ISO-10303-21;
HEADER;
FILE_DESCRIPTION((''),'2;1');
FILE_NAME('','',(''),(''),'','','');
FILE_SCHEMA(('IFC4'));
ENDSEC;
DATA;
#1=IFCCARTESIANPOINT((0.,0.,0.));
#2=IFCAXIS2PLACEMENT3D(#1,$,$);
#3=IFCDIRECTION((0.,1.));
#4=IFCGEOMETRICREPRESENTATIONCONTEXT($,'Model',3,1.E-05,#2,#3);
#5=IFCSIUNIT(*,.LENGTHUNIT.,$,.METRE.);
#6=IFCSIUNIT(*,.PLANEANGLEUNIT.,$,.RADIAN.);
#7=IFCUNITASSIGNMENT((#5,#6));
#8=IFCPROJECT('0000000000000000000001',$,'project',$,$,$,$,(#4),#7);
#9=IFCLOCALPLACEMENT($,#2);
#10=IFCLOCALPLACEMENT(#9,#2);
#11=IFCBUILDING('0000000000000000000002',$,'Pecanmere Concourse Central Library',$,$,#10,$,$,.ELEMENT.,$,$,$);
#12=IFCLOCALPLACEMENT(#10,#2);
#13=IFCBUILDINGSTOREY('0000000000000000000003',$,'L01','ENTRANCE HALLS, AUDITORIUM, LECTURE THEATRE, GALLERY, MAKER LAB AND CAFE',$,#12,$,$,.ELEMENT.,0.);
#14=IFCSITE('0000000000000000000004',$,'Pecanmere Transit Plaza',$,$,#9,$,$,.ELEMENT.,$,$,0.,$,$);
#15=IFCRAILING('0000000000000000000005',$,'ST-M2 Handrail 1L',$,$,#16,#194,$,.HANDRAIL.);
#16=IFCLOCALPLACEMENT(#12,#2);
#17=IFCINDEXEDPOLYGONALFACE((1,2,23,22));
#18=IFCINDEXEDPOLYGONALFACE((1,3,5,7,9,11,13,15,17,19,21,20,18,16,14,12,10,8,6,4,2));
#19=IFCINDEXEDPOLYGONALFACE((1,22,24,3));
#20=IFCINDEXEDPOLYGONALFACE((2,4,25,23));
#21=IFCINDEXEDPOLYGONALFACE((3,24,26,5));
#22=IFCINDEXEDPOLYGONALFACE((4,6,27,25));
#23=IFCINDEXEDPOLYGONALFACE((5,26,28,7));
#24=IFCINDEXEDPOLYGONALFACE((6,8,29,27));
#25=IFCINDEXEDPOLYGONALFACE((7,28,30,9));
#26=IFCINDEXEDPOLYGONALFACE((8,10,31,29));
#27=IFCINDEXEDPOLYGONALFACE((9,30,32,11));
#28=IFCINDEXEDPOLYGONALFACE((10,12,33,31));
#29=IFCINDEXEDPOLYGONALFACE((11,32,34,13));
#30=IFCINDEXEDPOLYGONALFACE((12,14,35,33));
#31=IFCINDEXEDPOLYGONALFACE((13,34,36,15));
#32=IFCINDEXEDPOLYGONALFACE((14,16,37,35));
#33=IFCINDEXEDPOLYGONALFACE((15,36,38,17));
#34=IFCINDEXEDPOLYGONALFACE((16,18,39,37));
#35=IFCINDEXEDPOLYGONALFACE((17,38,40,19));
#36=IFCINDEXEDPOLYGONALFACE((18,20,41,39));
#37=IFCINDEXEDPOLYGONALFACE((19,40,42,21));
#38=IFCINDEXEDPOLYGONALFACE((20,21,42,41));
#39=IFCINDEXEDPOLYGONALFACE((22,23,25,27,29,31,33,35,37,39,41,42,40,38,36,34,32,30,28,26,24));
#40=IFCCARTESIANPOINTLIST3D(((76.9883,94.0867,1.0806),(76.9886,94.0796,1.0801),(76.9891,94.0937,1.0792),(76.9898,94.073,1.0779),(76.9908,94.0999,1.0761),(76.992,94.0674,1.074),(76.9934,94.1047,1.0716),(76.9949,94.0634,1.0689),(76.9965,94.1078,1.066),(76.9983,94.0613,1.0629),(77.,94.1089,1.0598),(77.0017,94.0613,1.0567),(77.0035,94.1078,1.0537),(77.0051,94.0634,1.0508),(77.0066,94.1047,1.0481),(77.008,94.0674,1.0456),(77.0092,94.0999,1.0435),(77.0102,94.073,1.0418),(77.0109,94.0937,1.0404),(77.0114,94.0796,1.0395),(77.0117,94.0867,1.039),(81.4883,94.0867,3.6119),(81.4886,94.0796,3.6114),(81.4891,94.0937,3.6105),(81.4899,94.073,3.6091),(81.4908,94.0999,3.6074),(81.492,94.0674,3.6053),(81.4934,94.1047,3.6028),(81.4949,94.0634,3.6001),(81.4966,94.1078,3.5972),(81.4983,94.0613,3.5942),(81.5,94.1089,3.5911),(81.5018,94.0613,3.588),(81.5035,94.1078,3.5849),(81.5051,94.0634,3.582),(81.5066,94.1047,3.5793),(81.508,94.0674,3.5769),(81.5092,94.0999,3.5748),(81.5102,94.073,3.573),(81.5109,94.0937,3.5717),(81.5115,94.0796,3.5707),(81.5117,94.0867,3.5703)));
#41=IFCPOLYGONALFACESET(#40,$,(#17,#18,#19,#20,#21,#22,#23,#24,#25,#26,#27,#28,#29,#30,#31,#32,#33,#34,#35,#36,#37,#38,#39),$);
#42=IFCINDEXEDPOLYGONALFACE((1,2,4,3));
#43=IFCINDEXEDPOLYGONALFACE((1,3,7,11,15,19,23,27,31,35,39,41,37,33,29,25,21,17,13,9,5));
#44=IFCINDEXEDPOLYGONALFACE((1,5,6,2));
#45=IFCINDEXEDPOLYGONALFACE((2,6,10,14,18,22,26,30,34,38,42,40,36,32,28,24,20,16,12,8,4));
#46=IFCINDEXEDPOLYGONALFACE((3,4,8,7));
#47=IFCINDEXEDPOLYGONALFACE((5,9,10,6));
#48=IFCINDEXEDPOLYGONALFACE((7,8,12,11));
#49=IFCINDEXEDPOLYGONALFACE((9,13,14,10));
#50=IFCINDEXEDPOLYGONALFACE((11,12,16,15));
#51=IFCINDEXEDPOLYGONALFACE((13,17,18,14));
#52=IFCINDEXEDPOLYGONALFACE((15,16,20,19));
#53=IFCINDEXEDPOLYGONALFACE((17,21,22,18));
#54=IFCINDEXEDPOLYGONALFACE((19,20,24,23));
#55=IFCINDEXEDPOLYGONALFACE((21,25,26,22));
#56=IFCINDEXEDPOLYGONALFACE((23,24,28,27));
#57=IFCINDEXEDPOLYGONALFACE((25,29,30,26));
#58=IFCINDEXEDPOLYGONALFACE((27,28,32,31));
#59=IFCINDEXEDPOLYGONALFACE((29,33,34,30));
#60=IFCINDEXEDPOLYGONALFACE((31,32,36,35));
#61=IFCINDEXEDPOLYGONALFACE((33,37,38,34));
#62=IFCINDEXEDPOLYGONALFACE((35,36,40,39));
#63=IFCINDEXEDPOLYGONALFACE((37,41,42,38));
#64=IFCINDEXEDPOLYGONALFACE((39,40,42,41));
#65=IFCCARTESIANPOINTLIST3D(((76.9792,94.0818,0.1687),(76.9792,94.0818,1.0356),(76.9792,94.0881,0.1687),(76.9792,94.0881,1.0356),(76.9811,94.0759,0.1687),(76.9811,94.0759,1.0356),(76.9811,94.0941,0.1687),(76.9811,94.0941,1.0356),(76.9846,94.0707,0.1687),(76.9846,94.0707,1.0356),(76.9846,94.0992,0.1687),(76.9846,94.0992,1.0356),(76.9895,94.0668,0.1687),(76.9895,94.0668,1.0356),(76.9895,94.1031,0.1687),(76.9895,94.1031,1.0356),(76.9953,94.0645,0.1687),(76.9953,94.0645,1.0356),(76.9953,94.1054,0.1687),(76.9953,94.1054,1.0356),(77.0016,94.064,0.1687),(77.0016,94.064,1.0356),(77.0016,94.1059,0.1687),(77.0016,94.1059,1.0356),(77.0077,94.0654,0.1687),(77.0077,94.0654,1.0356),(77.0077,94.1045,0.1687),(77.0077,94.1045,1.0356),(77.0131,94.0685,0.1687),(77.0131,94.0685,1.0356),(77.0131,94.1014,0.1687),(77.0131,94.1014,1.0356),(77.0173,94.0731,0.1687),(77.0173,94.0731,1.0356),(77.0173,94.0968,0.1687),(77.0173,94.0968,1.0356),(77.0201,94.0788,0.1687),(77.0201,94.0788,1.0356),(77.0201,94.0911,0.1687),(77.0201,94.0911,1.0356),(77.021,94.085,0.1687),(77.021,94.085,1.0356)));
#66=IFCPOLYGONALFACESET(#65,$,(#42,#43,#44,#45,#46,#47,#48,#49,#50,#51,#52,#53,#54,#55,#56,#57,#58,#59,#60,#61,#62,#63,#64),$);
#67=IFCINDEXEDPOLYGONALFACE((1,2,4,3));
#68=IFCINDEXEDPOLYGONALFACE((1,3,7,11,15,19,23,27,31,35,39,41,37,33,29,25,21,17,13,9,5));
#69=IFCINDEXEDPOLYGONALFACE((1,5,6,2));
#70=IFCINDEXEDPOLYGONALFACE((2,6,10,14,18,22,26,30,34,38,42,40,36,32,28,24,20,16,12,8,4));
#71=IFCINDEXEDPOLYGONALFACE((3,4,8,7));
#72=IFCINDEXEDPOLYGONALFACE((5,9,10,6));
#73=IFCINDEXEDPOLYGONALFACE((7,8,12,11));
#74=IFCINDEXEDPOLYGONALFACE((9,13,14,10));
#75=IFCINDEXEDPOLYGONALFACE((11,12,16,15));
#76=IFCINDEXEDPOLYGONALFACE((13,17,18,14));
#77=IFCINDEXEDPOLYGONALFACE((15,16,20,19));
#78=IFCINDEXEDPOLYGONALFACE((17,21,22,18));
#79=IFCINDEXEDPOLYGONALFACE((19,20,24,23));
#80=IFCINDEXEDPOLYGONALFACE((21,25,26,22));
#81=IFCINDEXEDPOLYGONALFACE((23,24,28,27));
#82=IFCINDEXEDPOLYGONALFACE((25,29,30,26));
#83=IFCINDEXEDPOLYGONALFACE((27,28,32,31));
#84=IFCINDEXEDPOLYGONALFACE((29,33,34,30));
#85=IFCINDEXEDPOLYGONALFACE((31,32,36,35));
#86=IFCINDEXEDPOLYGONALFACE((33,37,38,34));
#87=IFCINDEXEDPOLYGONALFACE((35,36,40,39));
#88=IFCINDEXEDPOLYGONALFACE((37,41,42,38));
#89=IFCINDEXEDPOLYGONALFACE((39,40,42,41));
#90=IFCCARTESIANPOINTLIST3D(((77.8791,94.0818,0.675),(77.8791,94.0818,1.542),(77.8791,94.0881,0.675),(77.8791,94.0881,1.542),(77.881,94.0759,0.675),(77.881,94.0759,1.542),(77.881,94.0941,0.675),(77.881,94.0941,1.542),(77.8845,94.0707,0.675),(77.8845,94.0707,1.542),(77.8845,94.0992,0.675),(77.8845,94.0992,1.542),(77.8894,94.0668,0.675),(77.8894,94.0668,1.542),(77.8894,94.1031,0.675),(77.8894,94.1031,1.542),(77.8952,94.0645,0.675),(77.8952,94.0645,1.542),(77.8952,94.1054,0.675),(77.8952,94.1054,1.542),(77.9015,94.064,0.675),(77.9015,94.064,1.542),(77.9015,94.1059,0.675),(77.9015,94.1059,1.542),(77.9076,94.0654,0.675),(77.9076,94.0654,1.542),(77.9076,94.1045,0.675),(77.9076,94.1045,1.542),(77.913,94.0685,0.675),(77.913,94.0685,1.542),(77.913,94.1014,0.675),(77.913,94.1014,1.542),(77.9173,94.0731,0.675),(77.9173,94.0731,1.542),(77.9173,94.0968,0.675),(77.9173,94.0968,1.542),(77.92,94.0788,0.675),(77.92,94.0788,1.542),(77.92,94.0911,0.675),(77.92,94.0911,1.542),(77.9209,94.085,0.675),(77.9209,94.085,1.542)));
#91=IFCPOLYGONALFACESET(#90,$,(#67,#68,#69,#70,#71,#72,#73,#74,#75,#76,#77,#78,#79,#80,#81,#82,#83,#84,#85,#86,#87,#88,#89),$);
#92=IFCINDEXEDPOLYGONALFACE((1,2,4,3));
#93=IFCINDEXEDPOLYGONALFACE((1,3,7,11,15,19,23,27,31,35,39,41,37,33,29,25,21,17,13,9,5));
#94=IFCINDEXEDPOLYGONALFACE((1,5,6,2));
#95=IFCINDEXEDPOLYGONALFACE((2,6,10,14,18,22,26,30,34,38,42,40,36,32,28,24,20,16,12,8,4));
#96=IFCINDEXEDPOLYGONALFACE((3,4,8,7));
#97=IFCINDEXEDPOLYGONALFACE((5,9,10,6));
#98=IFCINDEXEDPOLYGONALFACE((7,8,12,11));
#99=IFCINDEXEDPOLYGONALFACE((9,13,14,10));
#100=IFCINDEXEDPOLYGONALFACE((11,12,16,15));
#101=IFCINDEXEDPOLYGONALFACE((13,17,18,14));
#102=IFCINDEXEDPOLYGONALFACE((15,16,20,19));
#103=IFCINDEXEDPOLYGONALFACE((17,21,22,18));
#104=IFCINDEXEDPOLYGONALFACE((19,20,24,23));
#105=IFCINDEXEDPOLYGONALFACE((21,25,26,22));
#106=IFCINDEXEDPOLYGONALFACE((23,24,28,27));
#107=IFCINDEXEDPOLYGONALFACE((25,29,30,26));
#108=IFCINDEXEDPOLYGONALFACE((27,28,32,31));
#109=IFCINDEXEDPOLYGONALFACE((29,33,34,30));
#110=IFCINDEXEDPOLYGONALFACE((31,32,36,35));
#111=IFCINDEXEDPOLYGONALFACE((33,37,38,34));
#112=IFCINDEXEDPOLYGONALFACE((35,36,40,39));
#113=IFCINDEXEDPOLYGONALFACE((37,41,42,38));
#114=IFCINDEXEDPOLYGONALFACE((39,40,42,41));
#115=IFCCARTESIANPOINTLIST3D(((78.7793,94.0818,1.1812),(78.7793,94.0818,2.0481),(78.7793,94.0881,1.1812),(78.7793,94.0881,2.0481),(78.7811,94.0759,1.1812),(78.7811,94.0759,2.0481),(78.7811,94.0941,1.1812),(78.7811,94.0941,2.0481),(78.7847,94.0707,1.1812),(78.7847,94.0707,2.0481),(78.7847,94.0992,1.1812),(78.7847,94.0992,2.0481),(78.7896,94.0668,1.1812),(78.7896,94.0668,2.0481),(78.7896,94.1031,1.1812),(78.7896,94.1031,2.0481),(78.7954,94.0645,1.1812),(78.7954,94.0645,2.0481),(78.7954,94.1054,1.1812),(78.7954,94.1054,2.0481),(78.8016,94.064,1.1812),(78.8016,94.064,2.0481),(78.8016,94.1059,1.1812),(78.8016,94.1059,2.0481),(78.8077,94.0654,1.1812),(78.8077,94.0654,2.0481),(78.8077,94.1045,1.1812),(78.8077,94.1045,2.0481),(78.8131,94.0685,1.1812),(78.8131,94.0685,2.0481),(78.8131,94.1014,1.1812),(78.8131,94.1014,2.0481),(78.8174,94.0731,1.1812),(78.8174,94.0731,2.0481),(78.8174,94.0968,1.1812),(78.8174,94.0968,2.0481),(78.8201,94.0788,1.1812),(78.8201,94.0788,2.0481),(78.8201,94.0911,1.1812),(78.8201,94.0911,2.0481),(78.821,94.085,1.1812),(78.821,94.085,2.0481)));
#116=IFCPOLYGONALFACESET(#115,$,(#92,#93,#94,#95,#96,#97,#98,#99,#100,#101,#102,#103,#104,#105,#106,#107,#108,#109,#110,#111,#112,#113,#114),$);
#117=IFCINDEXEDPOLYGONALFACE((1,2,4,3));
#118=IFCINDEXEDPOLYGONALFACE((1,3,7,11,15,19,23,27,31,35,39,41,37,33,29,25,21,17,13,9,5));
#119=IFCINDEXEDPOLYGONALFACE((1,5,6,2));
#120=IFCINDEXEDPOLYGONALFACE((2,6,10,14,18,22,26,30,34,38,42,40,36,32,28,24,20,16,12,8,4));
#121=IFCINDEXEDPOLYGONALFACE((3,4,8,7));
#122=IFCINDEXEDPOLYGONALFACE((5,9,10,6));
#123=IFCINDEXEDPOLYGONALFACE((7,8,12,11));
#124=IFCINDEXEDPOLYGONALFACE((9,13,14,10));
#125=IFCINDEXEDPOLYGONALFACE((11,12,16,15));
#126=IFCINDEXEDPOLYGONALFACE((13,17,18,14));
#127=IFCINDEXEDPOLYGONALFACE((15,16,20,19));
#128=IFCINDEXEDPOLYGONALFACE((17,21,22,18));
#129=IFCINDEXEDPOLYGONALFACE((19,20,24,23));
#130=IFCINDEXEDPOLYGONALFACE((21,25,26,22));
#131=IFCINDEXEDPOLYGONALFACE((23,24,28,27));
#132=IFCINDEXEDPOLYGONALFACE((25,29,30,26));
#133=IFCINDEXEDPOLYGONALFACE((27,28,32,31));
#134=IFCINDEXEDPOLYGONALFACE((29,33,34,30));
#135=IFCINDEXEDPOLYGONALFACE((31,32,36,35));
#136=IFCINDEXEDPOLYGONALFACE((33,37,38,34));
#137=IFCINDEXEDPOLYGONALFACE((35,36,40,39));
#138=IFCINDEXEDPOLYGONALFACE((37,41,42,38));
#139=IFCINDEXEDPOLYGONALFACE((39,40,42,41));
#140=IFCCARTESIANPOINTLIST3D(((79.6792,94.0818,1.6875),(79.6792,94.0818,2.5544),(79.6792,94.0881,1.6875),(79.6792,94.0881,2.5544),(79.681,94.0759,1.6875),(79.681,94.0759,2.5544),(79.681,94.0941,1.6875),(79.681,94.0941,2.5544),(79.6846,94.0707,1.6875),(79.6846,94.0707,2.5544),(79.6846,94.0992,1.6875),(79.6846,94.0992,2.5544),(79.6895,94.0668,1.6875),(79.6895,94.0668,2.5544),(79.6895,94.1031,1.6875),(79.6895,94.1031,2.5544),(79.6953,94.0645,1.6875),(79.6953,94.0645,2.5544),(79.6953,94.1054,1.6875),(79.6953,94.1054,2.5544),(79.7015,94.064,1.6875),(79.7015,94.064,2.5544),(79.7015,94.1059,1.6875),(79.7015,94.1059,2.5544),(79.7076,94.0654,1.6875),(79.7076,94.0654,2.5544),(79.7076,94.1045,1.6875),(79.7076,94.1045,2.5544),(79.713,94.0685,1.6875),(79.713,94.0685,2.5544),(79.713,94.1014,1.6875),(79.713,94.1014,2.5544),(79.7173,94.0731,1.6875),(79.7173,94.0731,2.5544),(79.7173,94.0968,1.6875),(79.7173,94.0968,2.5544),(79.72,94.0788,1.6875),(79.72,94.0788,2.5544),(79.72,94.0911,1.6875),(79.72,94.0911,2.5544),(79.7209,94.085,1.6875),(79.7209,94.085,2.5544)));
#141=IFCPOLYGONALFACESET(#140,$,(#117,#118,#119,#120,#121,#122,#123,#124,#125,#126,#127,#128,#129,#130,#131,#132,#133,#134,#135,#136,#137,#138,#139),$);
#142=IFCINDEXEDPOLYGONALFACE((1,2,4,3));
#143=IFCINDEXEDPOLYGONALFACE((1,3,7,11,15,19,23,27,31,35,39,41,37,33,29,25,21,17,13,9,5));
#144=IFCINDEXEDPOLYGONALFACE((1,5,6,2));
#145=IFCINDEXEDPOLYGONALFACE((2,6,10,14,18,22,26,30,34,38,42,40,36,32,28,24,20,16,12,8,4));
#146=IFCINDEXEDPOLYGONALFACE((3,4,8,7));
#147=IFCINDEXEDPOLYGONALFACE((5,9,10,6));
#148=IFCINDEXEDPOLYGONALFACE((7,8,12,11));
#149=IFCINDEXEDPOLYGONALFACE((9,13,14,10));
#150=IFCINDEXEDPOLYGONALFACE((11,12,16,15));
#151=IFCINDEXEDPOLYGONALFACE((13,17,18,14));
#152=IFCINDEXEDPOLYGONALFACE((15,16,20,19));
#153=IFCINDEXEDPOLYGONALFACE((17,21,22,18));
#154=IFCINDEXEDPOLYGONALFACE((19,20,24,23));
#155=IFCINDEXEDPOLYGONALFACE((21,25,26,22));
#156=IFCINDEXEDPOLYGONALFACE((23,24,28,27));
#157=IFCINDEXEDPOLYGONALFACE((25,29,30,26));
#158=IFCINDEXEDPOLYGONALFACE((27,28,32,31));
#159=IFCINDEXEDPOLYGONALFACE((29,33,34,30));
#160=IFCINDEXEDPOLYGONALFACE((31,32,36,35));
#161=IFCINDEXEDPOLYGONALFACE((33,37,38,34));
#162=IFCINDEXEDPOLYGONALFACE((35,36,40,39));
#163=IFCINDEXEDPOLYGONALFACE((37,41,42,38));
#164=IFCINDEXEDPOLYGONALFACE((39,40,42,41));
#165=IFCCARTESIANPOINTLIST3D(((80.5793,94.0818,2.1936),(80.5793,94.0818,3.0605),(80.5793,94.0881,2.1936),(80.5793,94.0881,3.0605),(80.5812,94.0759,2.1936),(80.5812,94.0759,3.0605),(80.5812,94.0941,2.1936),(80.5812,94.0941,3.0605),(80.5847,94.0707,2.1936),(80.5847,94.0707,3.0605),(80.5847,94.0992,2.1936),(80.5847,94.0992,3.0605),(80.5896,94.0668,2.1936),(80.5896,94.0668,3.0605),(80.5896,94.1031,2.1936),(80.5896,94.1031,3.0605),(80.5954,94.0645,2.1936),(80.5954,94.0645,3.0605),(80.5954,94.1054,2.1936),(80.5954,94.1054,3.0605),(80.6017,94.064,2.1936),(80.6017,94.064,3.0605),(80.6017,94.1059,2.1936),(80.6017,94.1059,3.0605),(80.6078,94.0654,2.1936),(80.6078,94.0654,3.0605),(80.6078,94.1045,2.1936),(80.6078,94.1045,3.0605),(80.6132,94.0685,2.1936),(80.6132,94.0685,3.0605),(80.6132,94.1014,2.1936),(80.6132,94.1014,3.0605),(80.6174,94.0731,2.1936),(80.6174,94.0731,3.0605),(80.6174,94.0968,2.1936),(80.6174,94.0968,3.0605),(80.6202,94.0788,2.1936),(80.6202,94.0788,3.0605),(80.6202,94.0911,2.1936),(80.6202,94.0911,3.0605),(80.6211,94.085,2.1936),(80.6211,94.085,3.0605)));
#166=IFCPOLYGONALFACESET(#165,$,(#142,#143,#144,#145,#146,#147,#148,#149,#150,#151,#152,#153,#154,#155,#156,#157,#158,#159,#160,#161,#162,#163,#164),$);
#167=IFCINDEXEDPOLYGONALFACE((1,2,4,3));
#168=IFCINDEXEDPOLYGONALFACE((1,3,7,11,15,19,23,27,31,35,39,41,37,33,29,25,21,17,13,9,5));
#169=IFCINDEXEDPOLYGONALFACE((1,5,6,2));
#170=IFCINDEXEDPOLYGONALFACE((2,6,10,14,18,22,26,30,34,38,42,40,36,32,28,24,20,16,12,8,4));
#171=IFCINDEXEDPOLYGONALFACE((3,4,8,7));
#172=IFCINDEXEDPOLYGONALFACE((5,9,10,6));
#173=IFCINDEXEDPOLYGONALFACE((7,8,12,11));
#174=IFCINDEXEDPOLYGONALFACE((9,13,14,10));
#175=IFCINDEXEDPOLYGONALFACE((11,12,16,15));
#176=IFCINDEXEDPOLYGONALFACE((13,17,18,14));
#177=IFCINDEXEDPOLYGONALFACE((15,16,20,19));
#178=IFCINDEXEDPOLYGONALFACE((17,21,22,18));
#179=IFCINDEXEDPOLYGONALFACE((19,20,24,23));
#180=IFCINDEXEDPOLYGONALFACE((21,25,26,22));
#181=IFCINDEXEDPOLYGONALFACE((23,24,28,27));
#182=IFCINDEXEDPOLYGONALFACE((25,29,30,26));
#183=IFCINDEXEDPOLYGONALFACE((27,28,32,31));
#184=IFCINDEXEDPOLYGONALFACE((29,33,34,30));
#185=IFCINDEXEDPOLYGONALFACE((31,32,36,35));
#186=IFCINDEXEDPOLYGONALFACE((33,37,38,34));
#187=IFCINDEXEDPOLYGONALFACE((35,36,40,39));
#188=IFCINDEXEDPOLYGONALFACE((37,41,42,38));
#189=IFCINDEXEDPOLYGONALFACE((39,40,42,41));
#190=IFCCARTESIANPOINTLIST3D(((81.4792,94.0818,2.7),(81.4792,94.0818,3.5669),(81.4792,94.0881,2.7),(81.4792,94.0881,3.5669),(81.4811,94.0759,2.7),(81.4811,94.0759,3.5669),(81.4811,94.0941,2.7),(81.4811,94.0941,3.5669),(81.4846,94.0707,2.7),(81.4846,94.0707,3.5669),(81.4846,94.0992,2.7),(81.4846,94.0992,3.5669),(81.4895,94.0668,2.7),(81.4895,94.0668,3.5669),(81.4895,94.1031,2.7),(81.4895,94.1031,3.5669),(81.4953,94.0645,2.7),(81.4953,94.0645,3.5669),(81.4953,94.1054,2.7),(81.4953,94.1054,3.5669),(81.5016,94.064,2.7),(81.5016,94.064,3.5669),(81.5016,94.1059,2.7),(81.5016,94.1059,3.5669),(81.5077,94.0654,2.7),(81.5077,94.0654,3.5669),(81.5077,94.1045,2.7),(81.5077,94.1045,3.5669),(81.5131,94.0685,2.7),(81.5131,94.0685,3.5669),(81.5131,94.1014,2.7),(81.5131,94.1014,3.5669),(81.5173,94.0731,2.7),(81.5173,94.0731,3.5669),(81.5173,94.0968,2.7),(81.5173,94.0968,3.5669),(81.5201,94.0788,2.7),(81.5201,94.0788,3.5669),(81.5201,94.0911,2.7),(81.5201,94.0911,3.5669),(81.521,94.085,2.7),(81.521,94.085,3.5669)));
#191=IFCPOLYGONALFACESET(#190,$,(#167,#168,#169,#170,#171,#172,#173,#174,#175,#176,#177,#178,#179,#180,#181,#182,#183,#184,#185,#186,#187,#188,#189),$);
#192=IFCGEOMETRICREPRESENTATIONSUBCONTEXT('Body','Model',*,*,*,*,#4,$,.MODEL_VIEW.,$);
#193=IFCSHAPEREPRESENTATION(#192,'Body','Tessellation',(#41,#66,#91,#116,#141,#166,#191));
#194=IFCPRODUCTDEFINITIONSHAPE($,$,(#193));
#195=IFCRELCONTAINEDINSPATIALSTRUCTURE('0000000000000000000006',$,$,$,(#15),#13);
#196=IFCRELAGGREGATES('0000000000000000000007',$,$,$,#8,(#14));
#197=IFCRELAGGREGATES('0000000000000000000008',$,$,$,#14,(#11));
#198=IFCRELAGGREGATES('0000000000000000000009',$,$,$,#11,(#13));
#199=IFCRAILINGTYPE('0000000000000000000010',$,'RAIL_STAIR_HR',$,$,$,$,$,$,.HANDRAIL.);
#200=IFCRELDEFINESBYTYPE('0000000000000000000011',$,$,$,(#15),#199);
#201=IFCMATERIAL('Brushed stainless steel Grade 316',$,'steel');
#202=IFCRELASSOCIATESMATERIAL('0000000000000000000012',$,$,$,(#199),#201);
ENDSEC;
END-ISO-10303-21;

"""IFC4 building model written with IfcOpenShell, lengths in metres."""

from ifc_helpers import new_model, si_unit, direction, frame, origin, origin_2d, place, context, subcontext, project, spatial, circle, extrude, material, type_object, element, save


model = new_model("IFC4")

# Units and contexts
model_context = context("Model", 3, precision=1e-05, world=origin(), true_north=direction((0.0, 1.0)))
body_context = subcontext(model_context, "Body", "Model", "MODEL_VIEW")
ifc_project = project(units=[si_unit("LENGTHUNIT", "METRE"), si_unit("PLANEANGLEUNIT", "RADIAN")], contexts=[model_context])

# Site, building, storey
site_placement = place(None, origin())
site = spatial("IfcSite", under=ifc_project, at=site_placement, Name="Pecanmere Transit Plaza", CompositionType="ELEMENT", RefElevation=0.0)
building_placement = place(site_placement, origin())
building = spatial("IfcBuilding", under=site, at=building_placement, Name="Pecanmere Concourse Central Library", CompositionType="ELEMENT")
storey_placement = place(building_placement, origin())
storey = spatial("IfcBuildingStorey", under=building, at=storey_placement, Name="L01", Description="ENTRANCE HALLS, AUDITORIUM, LECTURE THEATRE, GALLERY, MAKER LAB AND CAFE", CompositionType="ELEMENT", Elevation=0.0)

# Railing
ifc_material_1 = material(Name="Brushed stainless steel Grade 316", Category="steel")
railing_type_1 = type_object("IfcRailingType", Name="RAIL_STAIR_HR", PredefinedType="HANDRAIL", material=ifc_material_1)
for number, where, name in (
    (1, (77.0, 94.085, 0.1687), "ST-M2 Handrail 1L"),
):
    element("IfcRailing", number, at=place(storey_placement, frame(where)), inside=storey, type_object=railing_type_1, Name=name, PredefinedType="HANDRAIL", context=body_context, shape_type="SweptSolid", body=[
        extrude(circle(Radius=0.0239, at=origin_2d()), frame((0.0, 0.0, 0.8911), z_axis=(0.871576, 0.0, 0.490261), x_axis=(0.0, 1.0, 0.0)), (0.0, 0.0, 1.0), 5.1631),
        extrude(circle(Radius=0.021, at=origin_2d()), origin(), (0.0, 0.0, 1.0), 0.8669),
        extrude(circle(Radius=0.021, at=origin_2d()), frame((0.8999, 0.0, 0.5063)), (0.0, 0.0, 1.0), 0.8669),
        extrude(circle(Radius=0.021, at=origin_2d()), frame((1.8, 0.0, 1.0125)), (0.0, 0.0, 1.0), 0.8669),
        extrude(circle(Radius=0.021, at=origin_2d()), frame((2.7, 0.0, 1.5188)), (0.0, 0.0, 1.0), 0.8669),
        extrude(circle(Radius=0.021, at=origin_2d()), frame((3.6001, 0.0, 2.0249)), (0.0, 0.0, 1.0), 0.8669),
        extrude(circle(Radius=0.021, at=origin_2d()), frame((4.5, 0.0, 2.5312)), (0.0, 0.0, 1.0), 0.8669),
    ])

save(model, "model.ifc")
